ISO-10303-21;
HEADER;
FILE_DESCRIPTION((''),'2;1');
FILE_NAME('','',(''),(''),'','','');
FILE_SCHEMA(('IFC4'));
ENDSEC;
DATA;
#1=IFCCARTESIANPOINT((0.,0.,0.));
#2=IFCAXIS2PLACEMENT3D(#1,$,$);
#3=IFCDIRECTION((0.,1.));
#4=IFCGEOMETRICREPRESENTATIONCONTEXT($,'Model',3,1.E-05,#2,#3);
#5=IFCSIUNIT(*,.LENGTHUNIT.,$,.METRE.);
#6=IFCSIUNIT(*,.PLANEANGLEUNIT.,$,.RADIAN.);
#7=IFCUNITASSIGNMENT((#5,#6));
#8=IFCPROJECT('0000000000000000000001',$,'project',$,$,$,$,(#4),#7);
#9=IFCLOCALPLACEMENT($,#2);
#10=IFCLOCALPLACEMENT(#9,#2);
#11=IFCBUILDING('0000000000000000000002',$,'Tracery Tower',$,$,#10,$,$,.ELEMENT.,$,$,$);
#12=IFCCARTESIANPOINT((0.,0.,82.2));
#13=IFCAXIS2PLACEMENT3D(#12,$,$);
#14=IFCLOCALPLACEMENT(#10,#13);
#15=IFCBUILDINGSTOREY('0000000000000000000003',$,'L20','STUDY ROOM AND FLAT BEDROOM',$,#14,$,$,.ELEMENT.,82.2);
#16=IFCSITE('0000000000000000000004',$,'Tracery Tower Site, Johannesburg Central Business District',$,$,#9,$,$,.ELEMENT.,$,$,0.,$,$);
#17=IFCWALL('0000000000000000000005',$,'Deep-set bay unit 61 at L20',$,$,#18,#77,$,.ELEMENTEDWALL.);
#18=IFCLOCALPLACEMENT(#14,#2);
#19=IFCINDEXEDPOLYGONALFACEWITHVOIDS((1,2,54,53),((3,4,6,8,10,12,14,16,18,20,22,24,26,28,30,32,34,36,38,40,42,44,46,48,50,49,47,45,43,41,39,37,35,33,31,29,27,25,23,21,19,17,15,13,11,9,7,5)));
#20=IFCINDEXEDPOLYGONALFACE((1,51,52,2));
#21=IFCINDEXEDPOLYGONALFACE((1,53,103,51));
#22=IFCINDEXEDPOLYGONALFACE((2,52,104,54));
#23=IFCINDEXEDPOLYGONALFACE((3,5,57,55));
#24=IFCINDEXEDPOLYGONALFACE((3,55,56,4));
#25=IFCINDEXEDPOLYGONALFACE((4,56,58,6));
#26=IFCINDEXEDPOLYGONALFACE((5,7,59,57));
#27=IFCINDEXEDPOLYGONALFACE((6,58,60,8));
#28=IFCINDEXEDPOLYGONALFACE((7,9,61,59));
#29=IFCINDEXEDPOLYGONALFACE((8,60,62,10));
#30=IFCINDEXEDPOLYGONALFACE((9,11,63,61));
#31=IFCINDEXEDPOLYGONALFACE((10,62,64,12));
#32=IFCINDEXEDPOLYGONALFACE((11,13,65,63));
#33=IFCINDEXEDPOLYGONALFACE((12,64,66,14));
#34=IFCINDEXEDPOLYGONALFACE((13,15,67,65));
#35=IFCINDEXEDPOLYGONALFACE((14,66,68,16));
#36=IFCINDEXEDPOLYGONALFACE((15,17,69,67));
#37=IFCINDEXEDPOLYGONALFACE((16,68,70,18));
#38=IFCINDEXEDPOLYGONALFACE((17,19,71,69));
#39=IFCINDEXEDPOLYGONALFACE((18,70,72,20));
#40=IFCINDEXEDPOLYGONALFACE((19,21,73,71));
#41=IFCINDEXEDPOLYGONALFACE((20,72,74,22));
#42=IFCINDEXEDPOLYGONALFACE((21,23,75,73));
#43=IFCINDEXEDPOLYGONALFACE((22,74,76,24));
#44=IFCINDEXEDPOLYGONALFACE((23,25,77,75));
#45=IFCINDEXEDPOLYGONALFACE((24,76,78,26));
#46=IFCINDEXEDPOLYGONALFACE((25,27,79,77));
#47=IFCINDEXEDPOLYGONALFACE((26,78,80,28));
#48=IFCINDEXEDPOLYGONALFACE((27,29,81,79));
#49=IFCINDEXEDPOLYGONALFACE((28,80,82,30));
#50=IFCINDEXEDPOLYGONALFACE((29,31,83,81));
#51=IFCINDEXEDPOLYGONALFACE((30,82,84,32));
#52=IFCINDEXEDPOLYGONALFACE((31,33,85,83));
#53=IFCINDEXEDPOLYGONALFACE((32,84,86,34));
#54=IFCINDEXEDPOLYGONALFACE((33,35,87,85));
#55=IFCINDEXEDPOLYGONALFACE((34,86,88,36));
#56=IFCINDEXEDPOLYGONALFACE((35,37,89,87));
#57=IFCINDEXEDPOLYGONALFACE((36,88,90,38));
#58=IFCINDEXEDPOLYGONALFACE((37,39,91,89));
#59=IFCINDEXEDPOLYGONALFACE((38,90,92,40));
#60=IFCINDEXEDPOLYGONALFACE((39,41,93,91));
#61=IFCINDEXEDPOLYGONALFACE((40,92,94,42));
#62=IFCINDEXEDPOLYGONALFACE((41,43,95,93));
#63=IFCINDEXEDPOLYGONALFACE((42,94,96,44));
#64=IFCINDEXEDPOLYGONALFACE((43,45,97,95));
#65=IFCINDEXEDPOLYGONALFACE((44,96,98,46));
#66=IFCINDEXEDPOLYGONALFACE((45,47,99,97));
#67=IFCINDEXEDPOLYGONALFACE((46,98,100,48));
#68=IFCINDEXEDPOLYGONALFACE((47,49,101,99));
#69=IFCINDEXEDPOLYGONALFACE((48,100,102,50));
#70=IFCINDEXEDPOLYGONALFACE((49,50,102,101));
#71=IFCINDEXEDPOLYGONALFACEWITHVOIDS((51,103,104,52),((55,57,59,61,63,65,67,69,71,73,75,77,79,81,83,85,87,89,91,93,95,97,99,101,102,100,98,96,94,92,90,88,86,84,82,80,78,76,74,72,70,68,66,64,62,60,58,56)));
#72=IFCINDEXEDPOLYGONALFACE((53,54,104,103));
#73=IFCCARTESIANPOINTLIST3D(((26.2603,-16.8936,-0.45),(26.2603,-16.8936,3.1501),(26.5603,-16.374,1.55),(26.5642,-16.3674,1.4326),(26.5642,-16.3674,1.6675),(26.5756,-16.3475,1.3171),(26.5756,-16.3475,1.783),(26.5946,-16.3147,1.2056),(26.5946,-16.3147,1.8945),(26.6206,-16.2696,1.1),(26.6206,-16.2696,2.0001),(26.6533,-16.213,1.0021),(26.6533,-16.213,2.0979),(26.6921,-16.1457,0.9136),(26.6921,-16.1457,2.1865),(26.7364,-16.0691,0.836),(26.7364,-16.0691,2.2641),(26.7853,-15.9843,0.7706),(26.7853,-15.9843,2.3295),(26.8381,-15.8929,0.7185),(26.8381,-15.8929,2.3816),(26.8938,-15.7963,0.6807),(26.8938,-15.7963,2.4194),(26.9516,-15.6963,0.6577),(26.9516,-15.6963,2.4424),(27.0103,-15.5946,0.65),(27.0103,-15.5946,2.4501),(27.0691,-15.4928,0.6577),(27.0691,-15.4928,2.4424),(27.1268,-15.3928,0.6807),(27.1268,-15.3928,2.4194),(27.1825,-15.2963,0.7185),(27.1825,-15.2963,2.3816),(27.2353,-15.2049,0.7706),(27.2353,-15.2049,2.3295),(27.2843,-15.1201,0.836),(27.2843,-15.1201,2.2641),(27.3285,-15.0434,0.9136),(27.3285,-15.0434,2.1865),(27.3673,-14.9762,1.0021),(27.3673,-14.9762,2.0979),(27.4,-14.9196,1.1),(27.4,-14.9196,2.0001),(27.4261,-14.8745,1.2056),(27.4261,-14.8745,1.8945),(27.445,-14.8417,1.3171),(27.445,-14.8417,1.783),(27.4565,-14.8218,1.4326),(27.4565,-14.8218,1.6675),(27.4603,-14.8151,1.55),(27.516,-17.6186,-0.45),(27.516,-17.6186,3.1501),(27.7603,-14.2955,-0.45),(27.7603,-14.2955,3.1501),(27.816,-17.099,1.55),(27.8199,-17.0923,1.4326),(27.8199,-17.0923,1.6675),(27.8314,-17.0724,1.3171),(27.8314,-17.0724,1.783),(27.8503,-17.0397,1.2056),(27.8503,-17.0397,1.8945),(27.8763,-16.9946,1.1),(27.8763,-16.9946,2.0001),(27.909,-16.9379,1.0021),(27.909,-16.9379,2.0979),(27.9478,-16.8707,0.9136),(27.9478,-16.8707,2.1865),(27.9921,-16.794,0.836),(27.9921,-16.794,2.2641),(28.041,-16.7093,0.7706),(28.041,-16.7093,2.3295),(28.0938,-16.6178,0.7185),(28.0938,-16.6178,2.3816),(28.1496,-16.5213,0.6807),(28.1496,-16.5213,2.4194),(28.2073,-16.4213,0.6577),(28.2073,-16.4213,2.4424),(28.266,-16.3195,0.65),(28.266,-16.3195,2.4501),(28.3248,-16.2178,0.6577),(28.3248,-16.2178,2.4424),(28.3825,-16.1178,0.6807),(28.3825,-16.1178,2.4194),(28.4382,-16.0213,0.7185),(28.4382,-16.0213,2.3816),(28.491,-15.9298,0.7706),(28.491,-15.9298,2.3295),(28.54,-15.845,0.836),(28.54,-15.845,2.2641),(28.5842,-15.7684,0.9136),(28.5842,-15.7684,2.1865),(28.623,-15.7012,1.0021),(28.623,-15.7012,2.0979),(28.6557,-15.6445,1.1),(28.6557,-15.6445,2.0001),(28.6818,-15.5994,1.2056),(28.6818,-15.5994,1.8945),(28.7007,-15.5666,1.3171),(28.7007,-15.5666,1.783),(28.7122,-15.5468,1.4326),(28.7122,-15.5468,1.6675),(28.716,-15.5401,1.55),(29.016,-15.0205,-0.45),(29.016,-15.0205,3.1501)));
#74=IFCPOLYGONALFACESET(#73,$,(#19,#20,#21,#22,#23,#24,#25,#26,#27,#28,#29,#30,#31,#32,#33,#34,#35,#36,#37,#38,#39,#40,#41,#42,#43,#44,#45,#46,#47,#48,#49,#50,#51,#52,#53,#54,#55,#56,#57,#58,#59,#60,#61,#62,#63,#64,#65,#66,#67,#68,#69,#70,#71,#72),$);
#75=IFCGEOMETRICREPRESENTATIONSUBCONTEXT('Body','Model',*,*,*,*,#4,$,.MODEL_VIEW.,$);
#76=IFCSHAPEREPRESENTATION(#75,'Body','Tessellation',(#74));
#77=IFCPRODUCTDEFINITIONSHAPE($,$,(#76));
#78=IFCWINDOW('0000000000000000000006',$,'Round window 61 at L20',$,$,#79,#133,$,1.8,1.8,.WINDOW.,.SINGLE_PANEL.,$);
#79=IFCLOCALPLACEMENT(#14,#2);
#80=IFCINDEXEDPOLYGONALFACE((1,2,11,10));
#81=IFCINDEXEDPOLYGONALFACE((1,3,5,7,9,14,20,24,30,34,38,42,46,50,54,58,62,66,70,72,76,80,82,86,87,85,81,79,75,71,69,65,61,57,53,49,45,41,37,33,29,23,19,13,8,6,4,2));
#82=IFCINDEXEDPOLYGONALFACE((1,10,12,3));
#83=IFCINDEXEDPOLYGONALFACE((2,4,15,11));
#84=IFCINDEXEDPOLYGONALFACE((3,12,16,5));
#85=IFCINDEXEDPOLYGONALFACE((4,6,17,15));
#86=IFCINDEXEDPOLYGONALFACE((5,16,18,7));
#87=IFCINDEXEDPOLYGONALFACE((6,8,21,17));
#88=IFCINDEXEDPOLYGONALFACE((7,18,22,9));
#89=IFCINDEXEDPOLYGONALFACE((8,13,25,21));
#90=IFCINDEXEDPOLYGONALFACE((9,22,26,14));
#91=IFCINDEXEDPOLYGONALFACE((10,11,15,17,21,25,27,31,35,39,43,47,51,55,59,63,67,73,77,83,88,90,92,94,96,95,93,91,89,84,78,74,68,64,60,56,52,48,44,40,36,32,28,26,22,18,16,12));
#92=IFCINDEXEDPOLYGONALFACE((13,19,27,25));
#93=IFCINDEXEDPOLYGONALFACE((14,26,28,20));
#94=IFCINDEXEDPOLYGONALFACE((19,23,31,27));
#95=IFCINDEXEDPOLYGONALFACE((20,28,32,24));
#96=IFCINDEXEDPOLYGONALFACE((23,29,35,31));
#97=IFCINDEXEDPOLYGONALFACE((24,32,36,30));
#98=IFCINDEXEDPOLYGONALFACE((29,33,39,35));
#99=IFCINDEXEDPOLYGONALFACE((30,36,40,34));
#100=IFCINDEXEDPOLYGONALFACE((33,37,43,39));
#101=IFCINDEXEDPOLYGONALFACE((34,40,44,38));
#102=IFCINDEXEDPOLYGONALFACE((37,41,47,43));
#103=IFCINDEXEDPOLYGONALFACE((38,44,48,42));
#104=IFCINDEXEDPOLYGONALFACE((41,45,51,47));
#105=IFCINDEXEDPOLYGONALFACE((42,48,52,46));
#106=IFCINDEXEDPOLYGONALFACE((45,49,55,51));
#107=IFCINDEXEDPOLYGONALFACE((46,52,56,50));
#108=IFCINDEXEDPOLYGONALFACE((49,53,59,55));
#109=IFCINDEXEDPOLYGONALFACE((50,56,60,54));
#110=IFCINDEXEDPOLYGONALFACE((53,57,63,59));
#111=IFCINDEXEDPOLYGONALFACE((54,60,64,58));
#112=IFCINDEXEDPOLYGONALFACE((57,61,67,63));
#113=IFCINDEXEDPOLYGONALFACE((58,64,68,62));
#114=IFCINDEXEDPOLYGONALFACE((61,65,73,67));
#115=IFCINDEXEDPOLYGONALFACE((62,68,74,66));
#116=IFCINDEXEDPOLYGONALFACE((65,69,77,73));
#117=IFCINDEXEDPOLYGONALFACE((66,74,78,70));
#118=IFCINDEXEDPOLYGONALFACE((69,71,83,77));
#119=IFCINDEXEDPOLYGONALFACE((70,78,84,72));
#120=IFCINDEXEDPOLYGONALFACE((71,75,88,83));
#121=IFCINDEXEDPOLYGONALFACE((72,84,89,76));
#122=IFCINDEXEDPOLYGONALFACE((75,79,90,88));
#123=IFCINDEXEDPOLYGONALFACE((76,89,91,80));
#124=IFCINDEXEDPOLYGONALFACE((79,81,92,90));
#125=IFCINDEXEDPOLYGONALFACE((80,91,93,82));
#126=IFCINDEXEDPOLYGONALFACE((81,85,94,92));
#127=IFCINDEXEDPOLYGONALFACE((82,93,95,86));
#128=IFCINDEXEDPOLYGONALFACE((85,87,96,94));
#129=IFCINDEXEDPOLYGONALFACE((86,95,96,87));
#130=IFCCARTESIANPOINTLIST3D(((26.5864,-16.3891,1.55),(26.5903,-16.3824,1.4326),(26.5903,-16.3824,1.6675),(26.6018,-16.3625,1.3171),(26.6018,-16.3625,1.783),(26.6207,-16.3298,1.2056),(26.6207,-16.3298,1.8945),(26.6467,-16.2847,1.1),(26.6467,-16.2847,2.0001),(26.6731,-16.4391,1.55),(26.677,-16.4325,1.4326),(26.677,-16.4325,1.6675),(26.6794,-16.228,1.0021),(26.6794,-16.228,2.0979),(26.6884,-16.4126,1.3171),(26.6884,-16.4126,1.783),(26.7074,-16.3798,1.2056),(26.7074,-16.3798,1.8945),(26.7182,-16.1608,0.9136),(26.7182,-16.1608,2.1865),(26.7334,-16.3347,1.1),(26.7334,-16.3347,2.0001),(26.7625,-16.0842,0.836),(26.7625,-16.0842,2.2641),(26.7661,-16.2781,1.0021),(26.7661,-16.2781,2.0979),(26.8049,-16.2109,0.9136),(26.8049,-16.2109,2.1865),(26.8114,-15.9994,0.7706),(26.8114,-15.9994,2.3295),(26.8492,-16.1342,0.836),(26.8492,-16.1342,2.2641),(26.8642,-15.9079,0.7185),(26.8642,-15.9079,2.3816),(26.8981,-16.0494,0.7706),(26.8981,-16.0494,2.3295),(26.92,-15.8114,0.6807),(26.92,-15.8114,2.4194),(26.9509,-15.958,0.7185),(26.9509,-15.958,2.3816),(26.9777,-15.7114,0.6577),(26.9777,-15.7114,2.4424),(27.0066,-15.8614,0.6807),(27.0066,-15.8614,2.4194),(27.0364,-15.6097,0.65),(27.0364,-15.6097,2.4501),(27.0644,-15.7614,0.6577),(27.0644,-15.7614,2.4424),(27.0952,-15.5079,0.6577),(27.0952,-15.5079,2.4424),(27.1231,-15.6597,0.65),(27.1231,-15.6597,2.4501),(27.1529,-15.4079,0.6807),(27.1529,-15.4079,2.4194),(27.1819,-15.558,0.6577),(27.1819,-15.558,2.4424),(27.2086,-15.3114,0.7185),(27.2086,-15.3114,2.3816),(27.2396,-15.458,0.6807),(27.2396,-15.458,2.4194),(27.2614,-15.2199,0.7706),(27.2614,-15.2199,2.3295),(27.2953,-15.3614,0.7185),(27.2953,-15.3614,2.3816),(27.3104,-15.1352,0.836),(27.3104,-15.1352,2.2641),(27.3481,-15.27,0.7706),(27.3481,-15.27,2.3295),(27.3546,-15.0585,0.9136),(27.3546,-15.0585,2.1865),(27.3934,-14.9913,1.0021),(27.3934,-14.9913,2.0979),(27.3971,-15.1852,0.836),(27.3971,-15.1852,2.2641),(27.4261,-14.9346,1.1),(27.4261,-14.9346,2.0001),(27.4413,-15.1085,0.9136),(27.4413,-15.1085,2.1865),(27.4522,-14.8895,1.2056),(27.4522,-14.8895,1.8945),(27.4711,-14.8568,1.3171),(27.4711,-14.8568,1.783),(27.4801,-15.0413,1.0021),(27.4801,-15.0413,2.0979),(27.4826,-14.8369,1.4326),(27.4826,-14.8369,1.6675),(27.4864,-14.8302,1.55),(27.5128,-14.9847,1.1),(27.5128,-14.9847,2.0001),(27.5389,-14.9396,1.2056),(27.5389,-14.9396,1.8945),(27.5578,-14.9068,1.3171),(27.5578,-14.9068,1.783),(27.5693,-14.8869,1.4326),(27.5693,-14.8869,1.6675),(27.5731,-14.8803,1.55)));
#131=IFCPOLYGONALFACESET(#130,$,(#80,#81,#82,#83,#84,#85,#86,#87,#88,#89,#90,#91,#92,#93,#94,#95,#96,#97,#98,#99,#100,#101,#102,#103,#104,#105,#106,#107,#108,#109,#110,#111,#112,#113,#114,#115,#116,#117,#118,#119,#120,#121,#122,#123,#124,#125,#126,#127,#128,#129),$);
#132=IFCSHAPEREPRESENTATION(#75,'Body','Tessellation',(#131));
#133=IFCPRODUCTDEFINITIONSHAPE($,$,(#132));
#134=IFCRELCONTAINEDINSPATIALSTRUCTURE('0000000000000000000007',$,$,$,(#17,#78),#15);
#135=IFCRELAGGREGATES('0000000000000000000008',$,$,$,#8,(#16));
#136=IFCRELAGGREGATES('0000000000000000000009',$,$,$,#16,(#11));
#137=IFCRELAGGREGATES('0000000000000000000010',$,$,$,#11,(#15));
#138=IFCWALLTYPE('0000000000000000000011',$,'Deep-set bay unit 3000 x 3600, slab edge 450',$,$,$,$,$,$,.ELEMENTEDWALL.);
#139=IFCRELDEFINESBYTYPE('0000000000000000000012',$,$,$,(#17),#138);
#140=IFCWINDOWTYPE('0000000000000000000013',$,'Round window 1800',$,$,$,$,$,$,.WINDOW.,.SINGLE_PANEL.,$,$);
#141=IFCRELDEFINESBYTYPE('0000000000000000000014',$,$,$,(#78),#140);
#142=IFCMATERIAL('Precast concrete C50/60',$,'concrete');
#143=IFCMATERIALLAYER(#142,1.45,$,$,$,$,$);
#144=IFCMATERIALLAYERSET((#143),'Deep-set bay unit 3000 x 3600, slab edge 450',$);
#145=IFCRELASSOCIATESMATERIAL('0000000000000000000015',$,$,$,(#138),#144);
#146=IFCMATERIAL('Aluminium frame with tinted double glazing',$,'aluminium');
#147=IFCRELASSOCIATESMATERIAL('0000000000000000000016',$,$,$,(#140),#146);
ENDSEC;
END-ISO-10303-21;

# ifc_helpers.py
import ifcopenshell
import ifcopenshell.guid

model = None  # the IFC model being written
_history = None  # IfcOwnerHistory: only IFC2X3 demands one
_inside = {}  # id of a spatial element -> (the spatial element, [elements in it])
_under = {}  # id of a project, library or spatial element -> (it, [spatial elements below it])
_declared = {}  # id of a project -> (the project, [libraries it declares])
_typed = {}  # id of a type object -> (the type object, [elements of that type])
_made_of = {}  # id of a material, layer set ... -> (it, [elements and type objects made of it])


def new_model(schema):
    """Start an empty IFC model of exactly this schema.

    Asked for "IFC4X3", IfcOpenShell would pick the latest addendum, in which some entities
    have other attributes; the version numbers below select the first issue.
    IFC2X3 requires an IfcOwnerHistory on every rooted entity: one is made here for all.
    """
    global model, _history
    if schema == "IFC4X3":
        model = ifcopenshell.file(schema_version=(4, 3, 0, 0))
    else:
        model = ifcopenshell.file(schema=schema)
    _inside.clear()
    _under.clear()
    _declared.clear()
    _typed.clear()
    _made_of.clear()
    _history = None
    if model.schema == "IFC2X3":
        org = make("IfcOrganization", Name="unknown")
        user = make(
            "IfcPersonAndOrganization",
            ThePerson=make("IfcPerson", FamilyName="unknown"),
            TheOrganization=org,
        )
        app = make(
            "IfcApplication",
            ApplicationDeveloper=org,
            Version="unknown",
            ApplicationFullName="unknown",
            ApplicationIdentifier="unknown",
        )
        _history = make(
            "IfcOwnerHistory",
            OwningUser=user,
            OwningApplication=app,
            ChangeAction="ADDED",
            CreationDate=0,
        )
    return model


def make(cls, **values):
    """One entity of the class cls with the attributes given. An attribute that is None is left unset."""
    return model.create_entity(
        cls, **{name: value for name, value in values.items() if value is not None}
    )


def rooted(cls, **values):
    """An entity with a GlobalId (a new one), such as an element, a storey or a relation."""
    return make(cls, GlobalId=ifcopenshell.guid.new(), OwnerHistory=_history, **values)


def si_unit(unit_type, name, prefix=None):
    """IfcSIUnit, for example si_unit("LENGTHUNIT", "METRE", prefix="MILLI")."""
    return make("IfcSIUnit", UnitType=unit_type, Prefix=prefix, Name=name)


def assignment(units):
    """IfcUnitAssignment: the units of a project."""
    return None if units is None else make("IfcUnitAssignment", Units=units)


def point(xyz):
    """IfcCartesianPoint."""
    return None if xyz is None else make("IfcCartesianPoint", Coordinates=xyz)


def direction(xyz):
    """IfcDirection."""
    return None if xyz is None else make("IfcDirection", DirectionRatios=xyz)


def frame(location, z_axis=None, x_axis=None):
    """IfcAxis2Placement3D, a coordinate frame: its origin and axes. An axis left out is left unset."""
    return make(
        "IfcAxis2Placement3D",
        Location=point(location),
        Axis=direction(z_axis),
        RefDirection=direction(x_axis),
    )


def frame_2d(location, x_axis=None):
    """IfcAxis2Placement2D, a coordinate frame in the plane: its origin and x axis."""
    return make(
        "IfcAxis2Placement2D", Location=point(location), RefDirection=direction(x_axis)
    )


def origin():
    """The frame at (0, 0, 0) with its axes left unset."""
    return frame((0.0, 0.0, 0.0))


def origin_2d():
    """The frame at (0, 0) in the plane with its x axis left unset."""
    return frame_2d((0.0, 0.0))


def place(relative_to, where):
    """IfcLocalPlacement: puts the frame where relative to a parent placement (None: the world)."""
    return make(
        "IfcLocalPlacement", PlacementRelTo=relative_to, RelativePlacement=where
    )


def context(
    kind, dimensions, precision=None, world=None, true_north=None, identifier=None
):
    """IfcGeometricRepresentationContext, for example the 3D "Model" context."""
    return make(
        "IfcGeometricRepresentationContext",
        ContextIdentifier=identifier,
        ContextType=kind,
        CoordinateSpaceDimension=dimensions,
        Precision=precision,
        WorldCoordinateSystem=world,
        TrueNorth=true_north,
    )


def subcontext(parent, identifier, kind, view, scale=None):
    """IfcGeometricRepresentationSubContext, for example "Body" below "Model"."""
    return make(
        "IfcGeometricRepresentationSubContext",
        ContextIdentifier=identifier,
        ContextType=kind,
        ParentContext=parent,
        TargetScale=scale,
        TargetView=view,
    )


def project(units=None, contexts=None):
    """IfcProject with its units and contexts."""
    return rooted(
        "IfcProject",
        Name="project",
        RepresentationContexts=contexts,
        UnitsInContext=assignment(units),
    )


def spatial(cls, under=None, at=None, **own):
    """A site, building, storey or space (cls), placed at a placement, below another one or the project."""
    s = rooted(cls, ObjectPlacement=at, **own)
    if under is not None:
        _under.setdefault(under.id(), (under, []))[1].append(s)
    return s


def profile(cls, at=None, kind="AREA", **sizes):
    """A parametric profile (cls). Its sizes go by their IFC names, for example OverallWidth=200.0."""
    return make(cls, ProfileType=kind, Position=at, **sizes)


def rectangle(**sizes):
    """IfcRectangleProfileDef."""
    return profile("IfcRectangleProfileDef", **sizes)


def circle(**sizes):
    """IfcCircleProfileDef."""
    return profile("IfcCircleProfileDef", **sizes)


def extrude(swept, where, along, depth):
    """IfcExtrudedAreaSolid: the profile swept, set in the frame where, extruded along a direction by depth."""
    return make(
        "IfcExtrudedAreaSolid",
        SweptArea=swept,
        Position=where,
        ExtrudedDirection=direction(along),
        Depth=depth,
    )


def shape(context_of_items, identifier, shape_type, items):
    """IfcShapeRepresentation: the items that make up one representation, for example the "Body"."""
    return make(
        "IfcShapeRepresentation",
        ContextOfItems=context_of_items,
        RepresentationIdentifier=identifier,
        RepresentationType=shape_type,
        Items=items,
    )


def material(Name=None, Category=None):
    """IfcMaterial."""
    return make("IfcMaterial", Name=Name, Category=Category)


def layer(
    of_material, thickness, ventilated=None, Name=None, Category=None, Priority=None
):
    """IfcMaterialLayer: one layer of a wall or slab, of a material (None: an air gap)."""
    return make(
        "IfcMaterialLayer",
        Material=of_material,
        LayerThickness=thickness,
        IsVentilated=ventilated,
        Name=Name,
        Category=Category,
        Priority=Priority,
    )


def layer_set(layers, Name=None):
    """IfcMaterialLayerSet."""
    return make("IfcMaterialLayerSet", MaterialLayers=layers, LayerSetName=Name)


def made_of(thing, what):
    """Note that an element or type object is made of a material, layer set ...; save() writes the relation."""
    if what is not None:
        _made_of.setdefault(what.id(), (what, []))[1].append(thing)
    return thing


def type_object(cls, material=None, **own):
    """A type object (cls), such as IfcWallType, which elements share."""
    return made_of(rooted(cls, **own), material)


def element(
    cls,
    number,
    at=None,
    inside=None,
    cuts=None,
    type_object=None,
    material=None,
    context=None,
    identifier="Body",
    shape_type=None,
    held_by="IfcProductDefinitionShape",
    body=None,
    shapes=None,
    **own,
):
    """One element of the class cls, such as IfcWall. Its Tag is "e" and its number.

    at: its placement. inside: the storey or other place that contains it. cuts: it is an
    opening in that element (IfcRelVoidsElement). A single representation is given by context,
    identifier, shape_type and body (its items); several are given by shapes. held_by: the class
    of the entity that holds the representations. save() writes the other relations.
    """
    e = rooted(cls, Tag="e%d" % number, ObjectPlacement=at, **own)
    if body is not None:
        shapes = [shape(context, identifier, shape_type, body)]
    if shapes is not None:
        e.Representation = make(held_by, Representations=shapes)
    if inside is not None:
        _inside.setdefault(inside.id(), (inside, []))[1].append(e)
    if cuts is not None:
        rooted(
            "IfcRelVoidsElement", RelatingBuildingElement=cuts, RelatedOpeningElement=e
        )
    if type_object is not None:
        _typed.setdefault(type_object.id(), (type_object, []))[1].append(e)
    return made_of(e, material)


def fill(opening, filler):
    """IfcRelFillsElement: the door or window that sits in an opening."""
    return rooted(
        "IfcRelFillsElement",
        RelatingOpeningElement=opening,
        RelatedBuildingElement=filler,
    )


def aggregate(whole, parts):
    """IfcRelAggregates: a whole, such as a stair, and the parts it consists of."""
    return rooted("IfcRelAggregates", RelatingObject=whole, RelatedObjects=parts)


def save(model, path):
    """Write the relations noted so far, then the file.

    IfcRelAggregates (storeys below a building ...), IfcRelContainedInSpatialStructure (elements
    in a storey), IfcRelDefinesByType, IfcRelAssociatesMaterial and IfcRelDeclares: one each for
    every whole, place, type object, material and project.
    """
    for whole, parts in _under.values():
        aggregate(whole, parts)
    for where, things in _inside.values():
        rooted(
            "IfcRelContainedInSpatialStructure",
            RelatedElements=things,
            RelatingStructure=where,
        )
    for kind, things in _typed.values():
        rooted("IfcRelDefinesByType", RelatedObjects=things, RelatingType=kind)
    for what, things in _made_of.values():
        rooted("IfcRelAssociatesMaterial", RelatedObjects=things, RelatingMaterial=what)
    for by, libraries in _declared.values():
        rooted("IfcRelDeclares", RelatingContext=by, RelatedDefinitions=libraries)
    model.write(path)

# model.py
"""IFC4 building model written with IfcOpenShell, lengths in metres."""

from ifc_helpers import new_model, si_unit, direction, frame, frame_2d, origin, origin_2d, place, context, subcontext, project, spatial, rectangle, circle, extrude, material, layer, layer_set, type_object, element, fill, save


model = new_model("IFC4")

# Units and contexts
model_context = context("Model", 3, precision=1e-05, world=origin(), true_north=direction((0.0, 1.0)))
body_context = subcontext(model_context, "Body", "Model", "MODEL_VIEW")
ifc_project = project(units=[si_unit("LENGTHUNIT", "METRE"), si_unit("PLANEANGLEUNIT", "RADIAN")], contexts=[model_context])

# Site, building, storey
site_placement = place(None, origin())
site = spatial("IfcSite", under=ifc_project, at=site_placement, Name="Tracery Tower Site, Johannesburg Central Business District", CompositionType="ELEMENT", RefElevation=0.0)
building_placement = place(site_placement, origin())
building = spatial("IfcBuilding", under=site, at=building_placement, Name="Tracery Tower", CompositionType="ELEMENT")
storey_placement = place(building_placement, frame((0.0, 0.0, 82.2)))
storey = spatial("IfcBuildingStorey", under=building, at=storey_placement, Name="L20", Description="STUDY ROOM AND FLAT BEDROOM", CompositionType="ELEMENT", Elevation=82.2)

# Wall, opening, window
ifc_material_1 = material(Name="Precast concrete C50/60", Category="concrete")
ifc_layer_1 = layer(ifc_material_1, 1.45)
ifc_layer_set_1 = layer_set([ifc_layer_1], Name="Deep-set bay unit 3000 x 3600, slab edge 450")
wall_type_1 = type_object("IfcWallType", Name="Deep-set bay unit 3000 x 3600, slab edge 450", PredefinedType="ELEMENTEDWALL", material=ifc_layer_set_1)
ifc_material_2 = material(Name="Aluminium frame with tinted double glazing", Category="aluminium")
window_type = type_object("IfcWindowType", Name="Round window 1800", PartitioningType="SINGLE_PANEL", PredefinedType="WINDOW", material=ifc_material_2)
wall_1_placement = place(storey_placement, frame((26.8882, -17.2561, -0.45), z_axis=(0.0, 0.0, 1.0), x_axis=(0.49999, 0.866031, 0.0)))
wall_1 = element("IfcWall", 1, at=wall_1_placement, inside=storey, type_object=wall_type_1, Name="Deep-set bay unit 61 at L20", PredefinedType="ELEMENTEDWALL", context=body_context, shape_type="SweptSolid", body=[
    extrude(rectangle(XDim=3.0, YDim=1.45, at=frame_2d((1.5, 0.0))), origin(), (0.0, 0.0, 1.0), 3.6001),
])
opening_1_placement = place(wall_1_placement, frame((1.5, 0.0, 2.0)))
opening_1 = element("IfcOpeningElement", 2, at=opening_1_placement, cuts=wall_1, PredefinedType="OPENING", context=body_context, shape_type="SweptSolid", body=[
    extrude(circle(Radius=0.9, at=origin_2d()), frame((0.0, 0.7349, 0.0), z_axis=(0.0, -1.0, 0.0), x_axis=(1.0, 0.0, 0.0)), (0.0, 0.0, 1.0), 1.47),
])
window_1_placement = place(opening_1_placement, origin())
window_1 = element("IfcWindow", 3, at=window_1_placement, inside=storey, type_object=window_type, Name="Round window 61 at L20", OverallHeight=1.8, OverallWidth=1.8, PartitioningType="SINGLE_PANEL", PredefinedType="WINDOW", context=body_context, shape_type="SweptSolid", body=[
    extrude(circle(Radius=0.9, at=origin_2d()), frame((0.0, 0.6948, 0.0), z_axis=(0.0, -1.0, 0.0), x_axis=(1.0, 0.0, 0.0)), (0.0, 0.0, 1.0), 0.1001),
])
fill(opening_1, window_1)

save(model, "model.ifc")
